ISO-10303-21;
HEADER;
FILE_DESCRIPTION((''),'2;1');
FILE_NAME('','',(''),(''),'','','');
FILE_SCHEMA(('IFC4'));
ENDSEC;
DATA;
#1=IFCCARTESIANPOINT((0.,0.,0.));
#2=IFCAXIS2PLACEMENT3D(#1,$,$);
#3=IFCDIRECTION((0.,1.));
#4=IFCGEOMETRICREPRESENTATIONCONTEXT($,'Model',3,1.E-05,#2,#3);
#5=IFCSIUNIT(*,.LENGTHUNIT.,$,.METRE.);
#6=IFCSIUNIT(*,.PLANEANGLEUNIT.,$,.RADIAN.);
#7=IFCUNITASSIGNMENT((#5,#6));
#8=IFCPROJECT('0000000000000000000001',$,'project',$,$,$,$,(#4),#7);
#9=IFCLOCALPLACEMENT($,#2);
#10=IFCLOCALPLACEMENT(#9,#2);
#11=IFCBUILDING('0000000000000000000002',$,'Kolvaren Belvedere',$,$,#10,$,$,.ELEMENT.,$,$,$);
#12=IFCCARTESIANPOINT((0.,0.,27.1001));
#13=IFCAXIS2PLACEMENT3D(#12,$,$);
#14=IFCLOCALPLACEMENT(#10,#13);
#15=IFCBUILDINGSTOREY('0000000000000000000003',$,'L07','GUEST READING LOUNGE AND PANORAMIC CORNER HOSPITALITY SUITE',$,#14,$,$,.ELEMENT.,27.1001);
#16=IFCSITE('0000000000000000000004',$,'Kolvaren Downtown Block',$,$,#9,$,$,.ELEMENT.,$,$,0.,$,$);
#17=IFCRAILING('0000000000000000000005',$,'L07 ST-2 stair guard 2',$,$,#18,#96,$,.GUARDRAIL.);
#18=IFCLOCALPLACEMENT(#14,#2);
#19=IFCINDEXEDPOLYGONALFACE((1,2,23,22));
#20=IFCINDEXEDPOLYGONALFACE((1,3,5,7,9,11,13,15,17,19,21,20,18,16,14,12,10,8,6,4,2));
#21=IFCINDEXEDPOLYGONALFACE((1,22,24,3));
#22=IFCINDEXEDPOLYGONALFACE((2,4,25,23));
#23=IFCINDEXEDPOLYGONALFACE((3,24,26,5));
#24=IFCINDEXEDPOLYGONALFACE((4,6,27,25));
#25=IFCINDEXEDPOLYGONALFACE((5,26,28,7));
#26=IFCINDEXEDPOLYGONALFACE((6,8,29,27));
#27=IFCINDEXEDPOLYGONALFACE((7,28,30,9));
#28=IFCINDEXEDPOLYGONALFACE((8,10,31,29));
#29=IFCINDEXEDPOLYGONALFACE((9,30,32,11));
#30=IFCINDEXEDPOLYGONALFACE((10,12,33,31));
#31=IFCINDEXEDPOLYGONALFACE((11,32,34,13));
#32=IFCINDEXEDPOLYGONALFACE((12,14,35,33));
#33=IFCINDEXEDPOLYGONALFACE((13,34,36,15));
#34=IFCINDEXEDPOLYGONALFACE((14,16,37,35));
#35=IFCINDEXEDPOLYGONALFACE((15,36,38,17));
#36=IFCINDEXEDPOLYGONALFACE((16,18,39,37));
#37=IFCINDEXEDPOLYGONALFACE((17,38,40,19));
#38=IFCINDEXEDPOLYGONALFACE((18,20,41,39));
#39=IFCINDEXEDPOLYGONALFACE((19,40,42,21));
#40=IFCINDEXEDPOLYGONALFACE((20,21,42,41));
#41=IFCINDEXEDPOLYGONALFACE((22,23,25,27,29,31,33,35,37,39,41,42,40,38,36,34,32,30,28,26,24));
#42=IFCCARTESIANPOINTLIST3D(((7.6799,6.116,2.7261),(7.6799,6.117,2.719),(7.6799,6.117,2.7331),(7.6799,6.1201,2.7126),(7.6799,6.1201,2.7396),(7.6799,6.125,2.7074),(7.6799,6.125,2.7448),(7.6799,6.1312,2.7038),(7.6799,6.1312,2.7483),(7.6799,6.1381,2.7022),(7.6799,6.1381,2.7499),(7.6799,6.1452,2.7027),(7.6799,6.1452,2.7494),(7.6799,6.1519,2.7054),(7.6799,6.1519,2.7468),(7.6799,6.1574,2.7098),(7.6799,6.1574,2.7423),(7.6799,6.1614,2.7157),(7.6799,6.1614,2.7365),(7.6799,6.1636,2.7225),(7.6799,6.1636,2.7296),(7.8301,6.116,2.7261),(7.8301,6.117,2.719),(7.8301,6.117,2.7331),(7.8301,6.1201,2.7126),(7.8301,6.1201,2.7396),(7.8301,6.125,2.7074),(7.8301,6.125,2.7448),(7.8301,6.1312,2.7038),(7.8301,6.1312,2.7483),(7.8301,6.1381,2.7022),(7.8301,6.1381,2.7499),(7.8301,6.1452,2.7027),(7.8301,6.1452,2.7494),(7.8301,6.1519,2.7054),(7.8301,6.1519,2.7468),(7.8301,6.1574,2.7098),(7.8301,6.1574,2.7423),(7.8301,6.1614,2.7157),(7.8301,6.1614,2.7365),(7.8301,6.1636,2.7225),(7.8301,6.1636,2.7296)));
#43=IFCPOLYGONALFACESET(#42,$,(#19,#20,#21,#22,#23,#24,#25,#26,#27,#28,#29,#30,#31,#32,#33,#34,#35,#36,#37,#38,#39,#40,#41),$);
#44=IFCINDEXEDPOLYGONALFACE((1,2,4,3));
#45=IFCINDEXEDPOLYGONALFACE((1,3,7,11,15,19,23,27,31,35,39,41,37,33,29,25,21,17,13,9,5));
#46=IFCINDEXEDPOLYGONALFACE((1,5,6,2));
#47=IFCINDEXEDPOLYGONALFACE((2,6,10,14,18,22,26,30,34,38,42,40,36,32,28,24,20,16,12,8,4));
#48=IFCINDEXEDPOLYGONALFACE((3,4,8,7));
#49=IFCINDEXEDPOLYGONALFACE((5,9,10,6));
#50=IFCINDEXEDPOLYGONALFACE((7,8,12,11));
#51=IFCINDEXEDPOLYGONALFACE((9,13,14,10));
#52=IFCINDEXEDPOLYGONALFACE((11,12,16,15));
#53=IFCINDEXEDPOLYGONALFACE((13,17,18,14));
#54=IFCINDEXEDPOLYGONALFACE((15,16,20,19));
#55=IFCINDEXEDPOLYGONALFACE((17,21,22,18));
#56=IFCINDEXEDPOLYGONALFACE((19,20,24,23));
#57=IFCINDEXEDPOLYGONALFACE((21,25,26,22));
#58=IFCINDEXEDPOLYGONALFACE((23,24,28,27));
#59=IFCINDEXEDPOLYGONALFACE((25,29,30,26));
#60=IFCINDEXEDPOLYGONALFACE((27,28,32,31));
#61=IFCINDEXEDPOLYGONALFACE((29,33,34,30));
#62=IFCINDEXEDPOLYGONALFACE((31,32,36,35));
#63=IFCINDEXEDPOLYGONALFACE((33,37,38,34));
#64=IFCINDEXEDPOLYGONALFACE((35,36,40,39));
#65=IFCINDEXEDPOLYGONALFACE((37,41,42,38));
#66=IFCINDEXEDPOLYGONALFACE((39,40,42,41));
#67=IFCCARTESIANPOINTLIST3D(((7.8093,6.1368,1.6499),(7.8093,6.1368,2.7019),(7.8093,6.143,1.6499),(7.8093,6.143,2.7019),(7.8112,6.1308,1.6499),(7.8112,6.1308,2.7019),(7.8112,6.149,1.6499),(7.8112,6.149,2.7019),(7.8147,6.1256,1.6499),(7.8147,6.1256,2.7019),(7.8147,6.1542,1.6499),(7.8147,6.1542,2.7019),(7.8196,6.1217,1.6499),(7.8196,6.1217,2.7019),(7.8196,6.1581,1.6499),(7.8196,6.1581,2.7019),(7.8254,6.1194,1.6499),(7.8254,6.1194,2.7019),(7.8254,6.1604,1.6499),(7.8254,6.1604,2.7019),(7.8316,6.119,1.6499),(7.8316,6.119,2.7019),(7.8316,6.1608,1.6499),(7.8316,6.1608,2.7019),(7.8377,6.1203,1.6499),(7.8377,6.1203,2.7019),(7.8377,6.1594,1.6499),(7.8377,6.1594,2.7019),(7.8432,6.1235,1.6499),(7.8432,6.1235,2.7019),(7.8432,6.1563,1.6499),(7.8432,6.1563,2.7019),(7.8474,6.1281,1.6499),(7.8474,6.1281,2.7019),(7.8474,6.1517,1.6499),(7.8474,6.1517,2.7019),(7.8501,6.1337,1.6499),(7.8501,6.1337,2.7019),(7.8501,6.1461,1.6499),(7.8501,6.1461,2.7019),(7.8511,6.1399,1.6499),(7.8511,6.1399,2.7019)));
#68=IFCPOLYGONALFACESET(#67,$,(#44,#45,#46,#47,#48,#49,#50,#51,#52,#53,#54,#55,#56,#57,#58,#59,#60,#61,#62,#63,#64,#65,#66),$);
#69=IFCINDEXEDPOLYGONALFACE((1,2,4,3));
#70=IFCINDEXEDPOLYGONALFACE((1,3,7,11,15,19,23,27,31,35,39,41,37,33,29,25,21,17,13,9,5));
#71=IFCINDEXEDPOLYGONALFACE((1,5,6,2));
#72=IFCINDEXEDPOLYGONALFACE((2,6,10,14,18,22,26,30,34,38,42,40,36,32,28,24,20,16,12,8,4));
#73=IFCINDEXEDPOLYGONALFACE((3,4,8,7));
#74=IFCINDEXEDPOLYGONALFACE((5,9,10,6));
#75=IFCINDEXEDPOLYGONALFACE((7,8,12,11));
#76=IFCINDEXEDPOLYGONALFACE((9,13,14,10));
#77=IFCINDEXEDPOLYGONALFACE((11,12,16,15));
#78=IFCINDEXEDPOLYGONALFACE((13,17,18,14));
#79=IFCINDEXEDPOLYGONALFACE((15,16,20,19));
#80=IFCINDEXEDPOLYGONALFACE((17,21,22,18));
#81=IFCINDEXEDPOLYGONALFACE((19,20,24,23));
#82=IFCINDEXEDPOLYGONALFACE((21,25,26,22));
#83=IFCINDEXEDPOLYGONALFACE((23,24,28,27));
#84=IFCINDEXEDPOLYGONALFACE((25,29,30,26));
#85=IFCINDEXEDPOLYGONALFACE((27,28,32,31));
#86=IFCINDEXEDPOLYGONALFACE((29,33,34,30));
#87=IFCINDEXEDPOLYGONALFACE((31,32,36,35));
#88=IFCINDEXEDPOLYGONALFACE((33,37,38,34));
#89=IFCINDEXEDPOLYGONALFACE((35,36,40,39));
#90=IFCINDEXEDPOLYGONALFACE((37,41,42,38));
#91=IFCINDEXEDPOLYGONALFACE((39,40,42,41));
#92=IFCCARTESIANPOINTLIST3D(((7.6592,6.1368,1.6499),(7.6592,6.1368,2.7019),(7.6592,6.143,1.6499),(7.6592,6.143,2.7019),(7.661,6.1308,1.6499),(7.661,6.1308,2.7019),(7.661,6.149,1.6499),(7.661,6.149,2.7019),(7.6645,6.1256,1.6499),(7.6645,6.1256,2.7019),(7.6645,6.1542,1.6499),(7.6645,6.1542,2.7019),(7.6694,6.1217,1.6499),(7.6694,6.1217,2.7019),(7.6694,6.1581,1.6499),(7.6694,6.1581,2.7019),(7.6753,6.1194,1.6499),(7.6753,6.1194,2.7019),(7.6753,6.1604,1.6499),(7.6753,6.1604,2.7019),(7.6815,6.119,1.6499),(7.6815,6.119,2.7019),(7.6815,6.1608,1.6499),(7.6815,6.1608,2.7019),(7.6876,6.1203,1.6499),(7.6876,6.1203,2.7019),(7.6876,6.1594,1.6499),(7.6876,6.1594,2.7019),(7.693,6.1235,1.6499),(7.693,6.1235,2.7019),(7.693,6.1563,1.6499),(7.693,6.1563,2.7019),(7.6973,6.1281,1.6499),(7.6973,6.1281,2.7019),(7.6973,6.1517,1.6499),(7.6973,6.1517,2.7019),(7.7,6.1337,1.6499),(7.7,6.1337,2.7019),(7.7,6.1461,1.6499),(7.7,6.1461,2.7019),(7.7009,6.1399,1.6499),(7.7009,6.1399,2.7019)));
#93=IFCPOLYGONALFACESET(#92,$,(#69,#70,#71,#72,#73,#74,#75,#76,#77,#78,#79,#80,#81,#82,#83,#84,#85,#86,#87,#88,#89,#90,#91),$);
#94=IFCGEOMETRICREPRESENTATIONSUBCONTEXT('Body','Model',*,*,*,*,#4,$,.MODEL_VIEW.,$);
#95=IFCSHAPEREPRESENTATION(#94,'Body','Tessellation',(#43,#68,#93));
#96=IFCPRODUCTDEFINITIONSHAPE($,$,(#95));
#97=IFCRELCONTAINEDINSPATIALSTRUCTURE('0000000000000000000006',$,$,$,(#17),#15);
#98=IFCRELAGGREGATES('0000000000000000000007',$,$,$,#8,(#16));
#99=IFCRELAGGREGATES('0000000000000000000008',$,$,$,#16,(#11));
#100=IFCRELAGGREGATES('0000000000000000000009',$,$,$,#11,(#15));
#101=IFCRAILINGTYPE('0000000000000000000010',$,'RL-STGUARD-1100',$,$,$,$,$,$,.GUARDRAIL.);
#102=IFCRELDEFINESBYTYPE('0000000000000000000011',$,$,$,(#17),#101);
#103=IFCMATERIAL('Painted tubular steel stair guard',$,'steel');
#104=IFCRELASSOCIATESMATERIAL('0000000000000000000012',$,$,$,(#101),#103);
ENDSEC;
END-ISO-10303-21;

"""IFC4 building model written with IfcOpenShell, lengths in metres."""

from ifc_helpers import new_model, si_unit, direction, frame, origin, origin_2d, place, context, subcontext, project, spatial, circle, extrude, material, type_object, element, save


model = new_model("IFC4")

# Units and contexts
model_context = context("Model", 3, precision=1e-05, world=origin(), true_north=direction((0.0, 1.0)))
body_context = subcontext(model_context, "Body", "Model", "MODEL_VIEW")
ifc_project = project(units=[si_unit("LENGTHUNIT", "METRE"), si_unit("PLANEANGLEUNIT", "RADIAN")], contexts=[model_context])

# Site, building, storey
site_placement = place(None, origin())
site = spatial("IfcSite", under=ifc_project, at=site_placement, Name="Kolvaren Downtown Block", CompositionType="ELEMENT", RefElevation=0.0)
building_placement = place(site_placement, origin())
building = spatial("IfcBuilding", under=site, at=building_placement, Name="Kolvaren Belvedere", CompositionType="ELEMENT")
storey_placement = place(building_placement, frame((0.0, 0.0, 27.1001)))
storey = spatial("IfcBuildingStorey", under=building, at=storey_placement, Name="L07", Description="GUEST READING LOUNGE AND PANORAMIC CORNER HOSPITALITY SUITE", CompositionType="ELEMENT", Elevation=27.1001)

# Railing
ifc_material_1 = material(Name="Painted tubular steel stair guard", Category="steel")
railing_type_1 = type_object("IfcRailingType", Name="RL-STGUARD-1100", PredefinedType="GUARDRAIL", material=ifc_material_1)
railing_1_placement = place(storey_placement, frame((7.8301, 6.1399, 1.6499)))
element("IfcRailing", 1, at=railing_1_placement, inside=storey, type_object=railing_type_1, Name="L07 ST-2 stair guard 2", PredefinedType="GUARDRAIL", context=body_context, shape_type="SweptSolid", body=[
    extrude(circle(Radius=0.0239, at=origin_2d()), frame((0.0, 0.0, 1.0762), z_axis=(-1.0, 0.0, 0.0), x_axis=(0.0, -1.0, 0.0)), (0.0, 0.0, 1.0), 0.1501),
    extrude(circle(Radius=0.021, at=origin_2d()), origin(), (0.0, 0.0, 1.0), 1.052),
    extrude(circle(Radius=0.021, at=origin_2d()), frame((-0.1501, 0.0, 0.0)), (0.0, 0.0, 1.0), 1.052),
])

save(model, "model.ifc")
